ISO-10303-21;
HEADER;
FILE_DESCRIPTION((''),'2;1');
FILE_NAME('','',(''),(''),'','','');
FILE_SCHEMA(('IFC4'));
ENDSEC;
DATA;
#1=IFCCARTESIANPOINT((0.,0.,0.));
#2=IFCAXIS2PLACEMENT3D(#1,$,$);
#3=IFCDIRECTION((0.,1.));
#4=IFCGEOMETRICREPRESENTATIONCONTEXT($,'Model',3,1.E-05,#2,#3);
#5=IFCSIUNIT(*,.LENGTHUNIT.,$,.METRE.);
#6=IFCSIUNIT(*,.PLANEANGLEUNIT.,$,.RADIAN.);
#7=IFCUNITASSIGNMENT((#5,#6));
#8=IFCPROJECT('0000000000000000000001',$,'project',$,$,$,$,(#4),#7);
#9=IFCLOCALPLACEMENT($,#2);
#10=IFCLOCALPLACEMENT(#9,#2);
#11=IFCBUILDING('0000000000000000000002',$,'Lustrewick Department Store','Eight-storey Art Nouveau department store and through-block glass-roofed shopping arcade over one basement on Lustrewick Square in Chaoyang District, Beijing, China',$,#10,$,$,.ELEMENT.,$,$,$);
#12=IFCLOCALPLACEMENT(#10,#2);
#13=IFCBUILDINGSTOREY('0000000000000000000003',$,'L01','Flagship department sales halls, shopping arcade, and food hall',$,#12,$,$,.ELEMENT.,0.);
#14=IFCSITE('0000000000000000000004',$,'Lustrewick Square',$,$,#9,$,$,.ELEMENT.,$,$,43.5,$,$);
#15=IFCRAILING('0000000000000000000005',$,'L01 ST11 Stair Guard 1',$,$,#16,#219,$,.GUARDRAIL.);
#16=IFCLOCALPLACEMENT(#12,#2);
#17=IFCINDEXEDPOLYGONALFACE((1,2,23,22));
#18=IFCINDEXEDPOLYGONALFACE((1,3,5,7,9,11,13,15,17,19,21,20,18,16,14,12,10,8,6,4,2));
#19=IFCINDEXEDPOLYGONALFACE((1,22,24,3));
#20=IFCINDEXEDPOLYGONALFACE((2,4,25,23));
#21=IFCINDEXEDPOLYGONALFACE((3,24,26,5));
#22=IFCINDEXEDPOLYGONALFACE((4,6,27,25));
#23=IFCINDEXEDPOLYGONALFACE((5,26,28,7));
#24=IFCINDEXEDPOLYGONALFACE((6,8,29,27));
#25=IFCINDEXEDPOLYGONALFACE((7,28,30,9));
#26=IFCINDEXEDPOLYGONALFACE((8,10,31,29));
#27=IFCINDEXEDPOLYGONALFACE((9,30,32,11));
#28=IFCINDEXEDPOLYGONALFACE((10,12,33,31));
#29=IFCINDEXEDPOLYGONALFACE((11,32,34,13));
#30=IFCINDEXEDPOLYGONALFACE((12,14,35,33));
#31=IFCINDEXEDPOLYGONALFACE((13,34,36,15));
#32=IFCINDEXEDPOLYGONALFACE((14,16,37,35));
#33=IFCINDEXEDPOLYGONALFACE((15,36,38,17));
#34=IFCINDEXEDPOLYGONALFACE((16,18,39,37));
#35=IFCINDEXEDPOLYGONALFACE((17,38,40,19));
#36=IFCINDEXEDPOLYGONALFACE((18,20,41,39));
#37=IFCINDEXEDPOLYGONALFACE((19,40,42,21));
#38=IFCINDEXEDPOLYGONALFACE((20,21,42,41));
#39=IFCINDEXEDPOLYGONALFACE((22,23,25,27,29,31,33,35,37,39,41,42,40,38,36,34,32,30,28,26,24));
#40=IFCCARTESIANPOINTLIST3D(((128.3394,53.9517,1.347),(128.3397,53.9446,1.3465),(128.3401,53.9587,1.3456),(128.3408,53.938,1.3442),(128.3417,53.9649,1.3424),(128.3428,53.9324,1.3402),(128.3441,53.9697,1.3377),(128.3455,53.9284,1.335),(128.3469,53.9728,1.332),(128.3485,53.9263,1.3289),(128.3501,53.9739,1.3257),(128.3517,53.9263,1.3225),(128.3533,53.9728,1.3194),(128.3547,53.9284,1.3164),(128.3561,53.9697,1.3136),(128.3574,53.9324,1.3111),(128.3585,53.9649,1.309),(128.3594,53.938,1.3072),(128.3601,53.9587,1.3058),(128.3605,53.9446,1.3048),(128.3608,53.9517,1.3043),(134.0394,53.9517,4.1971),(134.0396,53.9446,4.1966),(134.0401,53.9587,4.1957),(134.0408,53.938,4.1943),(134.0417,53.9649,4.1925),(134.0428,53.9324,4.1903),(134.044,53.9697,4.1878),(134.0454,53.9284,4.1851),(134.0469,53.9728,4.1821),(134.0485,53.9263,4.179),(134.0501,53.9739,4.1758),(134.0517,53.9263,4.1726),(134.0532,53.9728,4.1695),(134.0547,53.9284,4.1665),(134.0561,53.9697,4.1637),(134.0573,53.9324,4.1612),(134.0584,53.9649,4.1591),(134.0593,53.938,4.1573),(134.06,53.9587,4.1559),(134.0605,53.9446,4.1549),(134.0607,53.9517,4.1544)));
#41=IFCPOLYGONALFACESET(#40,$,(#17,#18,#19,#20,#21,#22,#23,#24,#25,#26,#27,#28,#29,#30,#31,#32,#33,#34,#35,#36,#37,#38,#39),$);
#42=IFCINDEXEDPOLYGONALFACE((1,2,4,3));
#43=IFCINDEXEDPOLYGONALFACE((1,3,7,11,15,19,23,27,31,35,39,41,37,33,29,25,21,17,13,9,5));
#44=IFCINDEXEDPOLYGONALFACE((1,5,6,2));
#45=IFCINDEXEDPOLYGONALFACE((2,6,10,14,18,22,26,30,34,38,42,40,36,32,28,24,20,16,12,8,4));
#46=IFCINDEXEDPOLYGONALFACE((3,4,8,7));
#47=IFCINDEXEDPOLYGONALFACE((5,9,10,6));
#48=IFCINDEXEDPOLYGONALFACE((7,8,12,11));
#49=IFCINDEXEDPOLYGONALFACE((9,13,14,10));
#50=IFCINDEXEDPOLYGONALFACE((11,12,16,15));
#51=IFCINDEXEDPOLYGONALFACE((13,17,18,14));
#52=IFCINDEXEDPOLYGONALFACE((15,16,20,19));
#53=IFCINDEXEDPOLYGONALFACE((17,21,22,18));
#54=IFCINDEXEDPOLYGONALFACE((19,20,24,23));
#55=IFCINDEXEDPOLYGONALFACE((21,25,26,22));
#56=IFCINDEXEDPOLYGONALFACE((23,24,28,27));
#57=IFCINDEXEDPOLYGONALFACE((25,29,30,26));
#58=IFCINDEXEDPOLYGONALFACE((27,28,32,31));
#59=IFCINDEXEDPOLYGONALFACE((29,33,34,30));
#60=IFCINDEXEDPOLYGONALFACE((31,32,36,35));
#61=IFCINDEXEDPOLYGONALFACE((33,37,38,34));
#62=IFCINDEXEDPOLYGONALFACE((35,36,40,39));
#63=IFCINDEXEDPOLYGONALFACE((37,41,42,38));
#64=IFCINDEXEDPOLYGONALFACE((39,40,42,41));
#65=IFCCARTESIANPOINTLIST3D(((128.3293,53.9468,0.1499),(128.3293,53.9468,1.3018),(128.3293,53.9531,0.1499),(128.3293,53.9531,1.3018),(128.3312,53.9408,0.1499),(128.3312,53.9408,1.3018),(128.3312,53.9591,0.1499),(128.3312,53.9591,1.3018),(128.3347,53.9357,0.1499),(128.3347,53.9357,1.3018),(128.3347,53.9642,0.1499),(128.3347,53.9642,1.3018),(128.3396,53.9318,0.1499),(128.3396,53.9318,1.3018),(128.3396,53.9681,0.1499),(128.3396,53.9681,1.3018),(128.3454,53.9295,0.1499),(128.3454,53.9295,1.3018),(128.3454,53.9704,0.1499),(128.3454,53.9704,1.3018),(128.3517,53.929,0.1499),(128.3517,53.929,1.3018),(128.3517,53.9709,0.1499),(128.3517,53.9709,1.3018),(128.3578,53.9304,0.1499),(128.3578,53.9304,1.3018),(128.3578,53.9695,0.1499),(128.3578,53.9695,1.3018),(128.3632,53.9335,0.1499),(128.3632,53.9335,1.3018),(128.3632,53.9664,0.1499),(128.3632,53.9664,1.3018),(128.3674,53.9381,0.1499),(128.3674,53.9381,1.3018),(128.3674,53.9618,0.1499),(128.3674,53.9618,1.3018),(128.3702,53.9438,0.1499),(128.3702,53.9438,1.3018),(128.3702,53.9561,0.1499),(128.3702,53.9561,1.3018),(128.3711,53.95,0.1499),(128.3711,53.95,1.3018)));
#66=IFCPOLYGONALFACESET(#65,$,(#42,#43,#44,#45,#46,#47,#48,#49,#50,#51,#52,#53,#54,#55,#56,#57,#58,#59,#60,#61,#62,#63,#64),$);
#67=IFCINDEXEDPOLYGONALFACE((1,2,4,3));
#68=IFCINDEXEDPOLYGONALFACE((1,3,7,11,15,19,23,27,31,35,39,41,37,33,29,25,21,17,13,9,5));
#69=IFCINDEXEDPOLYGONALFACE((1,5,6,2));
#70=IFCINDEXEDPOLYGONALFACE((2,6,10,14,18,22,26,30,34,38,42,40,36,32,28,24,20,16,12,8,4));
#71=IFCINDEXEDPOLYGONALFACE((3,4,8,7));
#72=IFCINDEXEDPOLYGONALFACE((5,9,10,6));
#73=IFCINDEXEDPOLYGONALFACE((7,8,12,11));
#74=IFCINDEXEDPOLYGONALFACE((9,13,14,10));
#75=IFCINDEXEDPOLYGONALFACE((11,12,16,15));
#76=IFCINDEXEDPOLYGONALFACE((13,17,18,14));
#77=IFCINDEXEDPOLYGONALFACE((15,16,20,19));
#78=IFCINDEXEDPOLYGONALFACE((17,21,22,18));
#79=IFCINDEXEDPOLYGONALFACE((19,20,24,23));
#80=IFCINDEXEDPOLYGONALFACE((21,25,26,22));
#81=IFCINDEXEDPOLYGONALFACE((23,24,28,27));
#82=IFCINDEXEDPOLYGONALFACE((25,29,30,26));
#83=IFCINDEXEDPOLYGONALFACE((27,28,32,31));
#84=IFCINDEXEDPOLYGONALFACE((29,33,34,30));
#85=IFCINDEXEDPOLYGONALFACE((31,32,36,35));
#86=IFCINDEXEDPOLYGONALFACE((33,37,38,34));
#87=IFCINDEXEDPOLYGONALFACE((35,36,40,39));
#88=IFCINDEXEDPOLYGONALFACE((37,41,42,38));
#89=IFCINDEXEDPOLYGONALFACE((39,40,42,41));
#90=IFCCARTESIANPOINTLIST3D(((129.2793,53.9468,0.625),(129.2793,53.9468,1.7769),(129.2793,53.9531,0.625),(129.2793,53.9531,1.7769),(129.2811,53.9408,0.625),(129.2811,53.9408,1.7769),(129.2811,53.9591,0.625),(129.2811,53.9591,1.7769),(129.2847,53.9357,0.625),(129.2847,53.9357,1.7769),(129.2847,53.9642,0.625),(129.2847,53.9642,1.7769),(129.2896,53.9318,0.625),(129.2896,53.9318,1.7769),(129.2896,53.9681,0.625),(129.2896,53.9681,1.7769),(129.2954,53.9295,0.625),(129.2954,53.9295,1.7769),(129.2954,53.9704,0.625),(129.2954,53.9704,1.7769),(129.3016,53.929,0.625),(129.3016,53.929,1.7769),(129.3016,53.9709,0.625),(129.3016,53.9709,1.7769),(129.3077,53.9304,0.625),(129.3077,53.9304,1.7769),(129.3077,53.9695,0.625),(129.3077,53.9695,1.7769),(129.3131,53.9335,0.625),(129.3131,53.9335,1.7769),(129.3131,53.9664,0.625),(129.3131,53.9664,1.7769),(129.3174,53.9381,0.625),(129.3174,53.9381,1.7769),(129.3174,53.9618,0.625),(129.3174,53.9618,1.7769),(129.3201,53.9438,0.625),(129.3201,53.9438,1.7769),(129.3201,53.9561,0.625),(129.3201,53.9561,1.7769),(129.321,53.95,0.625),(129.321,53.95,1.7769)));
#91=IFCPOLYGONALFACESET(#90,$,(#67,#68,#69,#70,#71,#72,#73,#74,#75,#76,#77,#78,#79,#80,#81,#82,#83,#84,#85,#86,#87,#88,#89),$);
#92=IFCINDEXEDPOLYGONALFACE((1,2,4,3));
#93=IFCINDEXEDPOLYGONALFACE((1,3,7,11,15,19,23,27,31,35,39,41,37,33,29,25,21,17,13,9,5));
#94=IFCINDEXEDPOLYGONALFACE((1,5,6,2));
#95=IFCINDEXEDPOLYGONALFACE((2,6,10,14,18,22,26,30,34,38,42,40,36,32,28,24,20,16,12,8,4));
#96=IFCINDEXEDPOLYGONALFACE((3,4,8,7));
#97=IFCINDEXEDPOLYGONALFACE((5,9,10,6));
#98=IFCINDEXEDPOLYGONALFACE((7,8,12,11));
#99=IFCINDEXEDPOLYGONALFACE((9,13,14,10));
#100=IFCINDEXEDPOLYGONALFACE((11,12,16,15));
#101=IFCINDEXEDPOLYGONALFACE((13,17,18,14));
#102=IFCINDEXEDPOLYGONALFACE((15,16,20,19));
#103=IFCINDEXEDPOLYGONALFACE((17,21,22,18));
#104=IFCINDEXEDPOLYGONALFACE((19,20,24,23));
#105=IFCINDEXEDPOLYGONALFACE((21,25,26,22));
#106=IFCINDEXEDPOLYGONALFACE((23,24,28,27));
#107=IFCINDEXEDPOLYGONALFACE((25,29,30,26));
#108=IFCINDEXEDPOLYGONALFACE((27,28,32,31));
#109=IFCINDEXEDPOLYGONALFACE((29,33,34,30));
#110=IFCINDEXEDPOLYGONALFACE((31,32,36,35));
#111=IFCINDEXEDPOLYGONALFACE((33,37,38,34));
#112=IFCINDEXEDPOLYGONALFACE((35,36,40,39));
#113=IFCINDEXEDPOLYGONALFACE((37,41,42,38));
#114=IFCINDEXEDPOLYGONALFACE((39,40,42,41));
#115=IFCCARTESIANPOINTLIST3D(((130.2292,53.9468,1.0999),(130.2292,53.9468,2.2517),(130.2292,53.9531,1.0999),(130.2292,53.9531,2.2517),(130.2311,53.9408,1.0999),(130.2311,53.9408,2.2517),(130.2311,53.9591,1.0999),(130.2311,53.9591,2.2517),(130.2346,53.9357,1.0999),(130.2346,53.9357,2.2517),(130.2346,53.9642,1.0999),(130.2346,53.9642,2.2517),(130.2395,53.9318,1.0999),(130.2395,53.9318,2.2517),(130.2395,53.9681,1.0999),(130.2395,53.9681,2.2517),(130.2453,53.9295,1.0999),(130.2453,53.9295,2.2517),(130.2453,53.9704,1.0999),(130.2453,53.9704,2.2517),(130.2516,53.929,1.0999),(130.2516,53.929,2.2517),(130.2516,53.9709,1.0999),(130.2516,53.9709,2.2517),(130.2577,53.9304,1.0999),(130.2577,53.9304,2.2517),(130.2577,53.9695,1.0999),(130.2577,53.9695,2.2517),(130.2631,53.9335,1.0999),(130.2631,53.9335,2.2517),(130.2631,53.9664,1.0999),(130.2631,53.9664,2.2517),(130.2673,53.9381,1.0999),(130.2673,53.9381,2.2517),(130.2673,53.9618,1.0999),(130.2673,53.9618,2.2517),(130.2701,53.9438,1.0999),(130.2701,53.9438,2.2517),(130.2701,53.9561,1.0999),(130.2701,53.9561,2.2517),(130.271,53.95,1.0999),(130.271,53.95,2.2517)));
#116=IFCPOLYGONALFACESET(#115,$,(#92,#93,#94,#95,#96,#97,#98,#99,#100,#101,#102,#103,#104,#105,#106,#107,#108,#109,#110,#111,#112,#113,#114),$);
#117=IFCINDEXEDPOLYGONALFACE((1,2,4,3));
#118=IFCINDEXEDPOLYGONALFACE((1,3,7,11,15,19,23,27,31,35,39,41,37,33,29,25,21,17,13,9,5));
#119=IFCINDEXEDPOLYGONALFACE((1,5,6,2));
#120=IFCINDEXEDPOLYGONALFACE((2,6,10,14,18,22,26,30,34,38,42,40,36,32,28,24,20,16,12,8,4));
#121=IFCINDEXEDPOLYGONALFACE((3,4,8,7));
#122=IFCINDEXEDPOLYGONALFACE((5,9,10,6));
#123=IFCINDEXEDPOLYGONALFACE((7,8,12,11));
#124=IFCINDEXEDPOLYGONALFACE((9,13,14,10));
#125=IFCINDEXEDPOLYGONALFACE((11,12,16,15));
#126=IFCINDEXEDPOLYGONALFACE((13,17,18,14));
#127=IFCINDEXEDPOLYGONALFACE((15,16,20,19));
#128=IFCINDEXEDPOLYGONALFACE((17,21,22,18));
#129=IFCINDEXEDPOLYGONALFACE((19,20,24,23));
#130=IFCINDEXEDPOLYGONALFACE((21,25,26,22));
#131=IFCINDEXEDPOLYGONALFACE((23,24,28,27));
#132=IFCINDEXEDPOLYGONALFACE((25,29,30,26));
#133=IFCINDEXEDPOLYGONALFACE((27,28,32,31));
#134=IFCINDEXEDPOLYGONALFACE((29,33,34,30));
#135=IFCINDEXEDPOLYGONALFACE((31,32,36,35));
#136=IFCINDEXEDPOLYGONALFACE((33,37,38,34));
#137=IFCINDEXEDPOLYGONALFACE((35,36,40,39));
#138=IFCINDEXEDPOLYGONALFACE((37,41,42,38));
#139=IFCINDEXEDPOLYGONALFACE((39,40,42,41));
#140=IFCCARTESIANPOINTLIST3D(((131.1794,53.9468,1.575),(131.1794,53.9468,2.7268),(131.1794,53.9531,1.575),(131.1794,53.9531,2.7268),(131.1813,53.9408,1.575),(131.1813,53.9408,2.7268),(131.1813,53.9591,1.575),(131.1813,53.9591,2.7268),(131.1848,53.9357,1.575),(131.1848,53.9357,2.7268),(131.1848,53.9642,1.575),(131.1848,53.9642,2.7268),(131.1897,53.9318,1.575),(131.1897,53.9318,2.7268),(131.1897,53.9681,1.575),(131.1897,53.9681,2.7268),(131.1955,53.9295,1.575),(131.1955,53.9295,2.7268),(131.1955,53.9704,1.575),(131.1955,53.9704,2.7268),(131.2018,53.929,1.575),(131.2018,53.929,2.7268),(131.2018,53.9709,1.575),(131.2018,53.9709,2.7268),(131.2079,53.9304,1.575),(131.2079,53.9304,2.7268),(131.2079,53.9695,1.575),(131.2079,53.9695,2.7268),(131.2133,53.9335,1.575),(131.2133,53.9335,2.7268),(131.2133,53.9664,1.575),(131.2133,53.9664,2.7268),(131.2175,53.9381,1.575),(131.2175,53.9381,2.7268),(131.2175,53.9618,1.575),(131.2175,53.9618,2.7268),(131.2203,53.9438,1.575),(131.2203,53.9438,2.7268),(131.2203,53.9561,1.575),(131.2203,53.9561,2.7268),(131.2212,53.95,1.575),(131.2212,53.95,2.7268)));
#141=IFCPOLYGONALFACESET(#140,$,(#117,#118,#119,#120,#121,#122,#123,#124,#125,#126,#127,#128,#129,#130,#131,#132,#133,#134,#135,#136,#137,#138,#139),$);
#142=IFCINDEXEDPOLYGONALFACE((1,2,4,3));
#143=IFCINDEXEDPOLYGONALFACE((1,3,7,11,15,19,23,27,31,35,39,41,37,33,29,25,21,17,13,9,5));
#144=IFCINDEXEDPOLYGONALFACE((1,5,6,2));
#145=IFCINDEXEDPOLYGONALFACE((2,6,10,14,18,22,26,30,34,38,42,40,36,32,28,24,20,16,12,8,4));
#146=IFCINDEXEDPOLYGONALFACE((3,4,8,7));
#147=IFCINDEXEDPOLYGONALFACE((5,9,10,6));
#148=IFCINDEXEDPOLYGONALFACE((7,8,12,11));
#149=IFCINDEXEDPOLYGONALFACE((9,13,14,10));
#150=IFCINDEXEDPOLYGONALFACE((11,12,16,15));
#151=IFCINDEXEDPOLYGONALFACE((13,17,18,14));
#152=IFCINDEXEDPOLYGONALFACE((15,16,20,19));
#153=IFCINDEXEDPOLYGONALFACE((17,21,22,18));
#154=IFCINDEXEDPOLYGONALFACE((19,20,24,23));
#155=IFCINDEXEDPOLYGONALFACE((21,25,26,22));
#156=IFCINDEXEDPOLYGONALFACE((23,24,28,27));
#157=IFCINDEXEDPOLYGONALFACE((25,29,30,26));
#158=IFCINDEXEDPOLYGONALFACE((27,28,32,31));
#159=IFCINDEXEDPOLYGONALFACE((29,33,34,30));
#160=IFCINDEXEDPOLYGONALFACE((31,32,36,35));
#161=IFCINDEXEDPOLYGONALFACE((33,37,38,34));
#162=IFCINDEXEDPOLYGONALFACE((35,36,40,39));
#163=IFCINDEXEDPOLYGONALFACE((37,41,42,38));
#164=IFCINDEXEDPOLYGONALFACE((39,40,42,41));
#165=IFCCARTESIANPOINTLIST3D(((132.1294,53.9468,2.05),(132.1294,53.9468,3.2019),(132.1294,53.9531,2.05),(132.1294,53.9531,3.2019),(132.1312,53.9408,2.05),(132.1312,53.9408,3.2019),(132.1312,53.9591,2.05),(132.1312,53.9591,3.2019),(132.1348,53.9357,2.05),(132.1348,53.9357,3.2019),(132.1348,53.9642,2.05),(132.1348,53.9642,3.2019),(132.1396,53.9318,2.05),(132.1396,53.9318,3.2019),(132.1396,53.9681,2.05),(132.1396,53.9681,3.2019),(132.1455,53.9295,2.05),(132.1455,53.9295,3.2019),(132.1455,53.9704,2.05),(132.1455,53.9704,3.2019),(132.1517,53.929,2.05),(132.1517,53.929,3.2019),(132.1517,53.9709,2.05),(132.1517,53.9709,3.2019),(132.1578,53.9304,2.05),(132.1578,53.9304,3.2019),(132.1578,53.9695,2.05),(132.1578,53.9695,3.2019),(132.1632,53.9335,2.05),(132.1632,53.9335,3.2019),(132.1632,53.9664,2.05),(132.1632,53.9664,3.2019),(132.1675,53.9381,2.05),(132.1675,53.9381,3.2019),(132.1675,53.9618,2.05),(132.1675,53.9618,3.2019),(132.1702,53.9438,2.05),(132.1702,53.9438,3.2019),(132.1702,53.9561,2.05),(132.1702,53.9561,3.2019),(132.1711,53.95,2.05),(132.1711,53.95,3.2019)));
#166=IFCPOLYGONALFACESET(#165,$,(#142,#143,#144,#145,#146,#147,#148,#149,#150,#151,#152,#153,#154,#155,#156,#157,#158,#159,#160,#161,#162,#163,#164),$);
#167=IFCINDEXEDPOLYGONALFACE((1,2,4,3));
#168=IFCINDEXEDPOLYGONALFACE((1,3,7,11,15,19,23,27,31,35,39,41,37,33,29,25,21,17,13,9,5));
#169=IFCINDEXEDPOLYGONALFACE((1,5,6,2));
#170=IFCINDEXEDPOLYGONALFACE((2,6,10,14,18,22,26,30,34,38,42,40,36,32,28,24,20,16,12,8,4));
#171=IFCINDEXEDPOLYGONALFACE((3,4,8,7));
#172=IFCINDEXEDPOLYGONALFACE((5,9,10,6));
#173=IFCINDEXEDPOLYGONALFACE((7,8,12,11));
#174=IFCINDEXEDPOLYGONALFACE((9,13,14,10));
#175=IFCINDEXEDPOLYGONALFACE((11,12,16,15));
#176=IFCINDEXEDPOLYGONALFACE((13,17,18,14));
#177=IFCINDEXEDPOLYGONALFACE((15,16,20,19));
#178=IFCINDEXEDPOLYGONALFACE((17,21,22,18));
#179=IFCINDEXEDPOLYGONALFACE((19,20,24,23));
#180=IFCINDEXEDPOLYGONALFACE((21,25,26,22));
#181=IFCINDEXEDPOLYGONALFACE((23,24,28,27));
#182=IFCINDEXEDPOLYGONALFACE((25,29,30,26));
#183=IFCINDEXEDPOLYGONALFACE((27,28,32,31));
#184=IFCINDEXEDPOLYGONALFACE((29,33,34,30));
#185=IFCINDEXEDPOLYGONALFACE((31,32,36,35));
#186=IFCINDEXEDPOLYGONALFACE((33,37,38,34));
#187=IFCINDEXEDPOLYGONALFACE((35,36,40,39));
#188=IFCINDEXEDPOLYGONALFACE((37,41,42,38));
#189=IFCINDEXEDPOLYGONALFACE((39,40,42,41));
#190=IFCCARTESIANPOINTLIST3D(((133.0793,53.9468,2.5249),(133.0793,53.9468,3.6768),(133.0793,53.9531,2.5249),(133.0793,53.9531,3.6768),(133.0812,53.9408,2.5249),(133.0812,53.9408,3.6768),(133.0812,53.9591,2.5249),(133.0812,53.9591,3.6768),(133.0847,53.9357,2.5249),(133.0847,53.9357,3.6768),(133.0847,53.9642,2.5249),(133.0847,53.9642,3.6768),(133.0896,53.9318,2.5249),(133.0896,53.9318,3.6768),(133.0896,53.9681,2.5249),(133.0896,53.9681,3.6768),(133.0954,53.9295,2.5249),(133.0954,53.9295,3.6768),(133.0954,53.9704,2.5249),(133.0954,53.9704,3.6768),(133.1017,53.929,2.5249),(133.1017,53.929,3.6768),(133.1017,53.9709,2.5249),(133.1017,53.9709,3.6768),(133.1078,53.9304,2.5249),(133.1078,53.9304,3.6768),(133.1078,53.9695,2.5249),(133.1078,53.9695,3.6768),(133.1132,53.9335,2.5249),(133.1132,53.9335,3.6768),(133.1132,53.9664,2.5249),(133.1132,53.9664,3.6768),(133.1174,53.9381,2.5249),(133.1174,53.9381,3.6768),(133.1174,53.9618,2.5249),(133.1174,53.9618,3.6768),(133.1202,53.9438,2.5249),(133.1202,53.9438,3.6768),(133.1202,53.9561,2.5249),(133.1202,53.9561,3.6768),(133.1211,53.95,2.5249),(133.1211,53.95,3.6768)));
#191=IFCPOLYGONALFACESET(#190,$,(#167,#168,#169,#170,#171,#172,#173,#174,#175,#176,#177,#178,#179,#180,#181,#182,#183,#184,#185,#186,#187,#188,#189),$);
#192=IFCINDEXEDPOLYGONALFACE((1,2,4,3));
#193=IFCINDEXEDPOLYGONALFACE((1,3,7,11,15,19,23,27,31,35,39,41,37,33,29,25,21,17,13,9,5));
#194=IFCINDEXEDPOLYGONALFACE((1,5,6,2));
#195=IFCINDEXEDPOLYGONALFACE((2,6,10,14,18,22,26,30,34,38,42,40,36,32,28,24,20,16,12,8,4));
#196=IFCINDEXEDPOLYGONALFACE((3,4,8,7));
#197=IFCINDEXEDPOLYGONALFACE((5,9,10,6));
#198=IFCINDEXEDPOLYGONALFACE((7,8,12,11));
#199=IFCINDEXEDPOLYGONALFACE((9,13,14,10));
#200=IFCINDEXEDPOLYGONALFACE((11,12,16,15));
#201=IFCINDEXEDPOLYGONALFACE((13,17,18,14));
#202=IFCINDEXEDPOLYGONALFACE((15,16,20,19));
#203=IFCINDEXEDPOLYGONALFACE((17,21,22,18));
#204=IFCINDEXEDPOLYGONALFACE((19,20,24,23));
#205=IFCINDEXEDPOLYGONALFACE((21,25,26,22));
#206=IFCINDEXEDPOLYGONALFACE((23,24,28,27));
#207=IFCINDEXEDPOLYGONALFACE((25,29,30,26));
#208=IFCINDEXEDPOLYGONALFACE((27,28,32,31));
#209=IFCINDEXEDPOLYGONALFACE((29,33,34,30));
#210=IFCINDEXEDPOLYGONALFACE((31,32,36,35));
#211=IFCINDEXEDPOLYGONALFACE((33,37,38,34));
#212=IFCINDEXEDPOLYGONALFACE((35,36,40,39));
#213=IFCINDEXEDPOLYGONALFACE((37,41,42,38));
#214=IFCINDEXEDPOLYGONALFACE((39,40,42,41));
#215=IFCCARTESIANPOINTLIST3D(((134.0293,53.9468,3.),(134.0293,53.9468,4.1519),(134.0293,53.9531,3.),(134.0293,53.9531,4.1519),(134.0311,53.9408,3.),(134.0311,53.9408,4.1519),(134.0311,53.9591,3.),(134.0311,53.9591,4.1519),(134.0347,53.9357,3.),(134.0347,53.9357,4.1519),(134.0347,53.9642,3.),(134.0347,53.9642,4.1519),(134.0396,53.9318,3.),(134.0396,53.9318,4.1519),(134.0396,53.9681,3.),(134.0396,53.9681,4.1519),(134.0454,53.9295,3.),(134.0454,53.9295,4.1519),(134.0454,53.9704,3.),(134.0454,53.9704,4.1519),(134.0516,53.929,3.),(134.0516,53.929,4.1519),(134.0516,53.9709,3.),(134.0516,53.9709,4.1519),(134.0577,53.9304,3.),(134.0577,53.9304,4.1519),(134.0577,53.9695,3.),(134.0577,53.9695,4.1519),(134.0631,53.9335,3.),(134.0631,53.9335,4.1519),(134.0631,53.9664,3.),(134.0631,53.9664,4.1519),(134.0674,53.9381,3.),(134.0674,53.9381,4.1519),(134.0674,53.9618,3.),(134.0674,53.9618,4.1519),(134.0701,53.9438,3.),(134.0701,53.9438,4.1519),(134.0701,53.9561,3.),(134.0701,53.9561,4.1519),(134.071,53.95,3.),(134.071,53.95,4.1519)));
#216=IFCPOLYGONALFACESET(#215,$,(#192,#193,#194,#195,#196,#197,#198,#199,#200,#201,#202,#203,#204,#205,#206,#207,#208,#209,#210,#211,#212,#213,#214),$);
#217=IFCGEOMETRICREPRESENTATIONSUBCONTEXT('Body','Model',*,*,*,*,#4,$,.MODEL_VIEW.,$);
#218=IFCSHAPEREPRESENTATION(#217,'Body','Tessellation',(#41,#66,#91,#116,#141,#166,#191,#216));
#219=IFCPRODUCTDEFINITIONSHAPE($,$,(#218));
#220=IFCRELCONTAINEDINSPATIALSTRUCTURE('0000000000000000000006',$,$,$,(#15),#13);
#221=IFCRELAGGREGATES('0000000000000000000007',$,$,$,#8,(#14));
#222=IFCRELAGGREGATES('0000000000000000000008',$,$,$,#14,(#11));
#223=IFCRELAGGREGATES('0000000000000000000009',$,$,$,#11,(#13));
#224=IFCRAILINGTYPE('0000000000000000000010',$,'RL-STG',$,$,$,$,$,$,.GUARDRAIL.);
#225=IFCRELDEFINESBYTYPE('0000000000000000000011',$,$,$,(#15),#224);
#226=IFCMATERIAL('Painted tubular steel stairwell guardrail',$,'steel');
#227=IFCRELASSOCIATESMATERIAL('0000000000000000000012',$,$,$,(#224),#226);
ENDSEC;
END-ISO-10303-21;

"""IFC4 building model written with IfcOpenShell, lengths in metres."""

from ifc_helpers import new_model, si_unit, direction, frame, origin, origin_2d, place, context, subcontext, project, spatial, circle, extrude, material, type_object, element, save


model = new_model("IFC4")

# Units and contexts
model_context = context("Model", 3, precision=1e-05, world=origin(), true_north=direction((0.0, 1.0)))
body_context = subcontext(model_context, "Body", "Model", "MODEL_VIEW")
ifc_project = project(units=[si_unit("LENGTHUNIT", "METRE"), si_unit("PLANEANGLEUNIT", "RADIAN")], contexts=[model_context])

# Site, building, storey
site_placement = place(None, origin())
site = spatial("IfcSite", under=ifc_project, at=site_placement, Name="Lustrewick Square", CompositionType="ELEMENT", RefElevation=43.5)
building_placement = place(site_placement, origin())
building = spatial("IfcBuilding", under=site, at=building_placement, Name="Lustrewick Department Store", Description="Eight-storey Art Nouveau department store and through-block glass-roofed shopping arcade over one basement on Lustrewick Square in Chaoyang District, Beijing, China", CompositionType="ELEMENT")
storey_placement = place(building_placement, origin())
storey = spatial("IfcBuildingStorey", under=building, at=storey_placement, Name="L01", Description="Flagship department sales halls, shopping arcade, and food hall", CompositionType="ELEMENT", Elevation=0.0)

# Railing
ifc_material_1 = material(Name="Painted tubular steel stairwell guardrail", Category="steel")
railing_type_1 = type_object("IfcRailingType", Name="RL-STG", PredefinedType="GUARDRAIL", material=ifc_material_1)
railing_1_placement = place(storey_placement, frame((128.3501, 53.95, 0.1499)))
element("IfcRailing", 1, at=railing_1_placement, inside=storey, type_object=railing_type_1, Name="L01 ST11 Stair Guard 1", PredefinedType="GUARDRAIL", context=body_context, shape_type="SweptSolid", body=[
    extrude(circle(Radius=0.0239, at=origin_2d()), frame((0.0, 0.0, 1.1758), z_axis=(0.89442, 0.0, 0.447229), x_axis=(0.0, 1.0, 0.0)), (0.0, 0.0, 1.0), 6.3728),
    extrude(circle(Radius=0.021, at=origin_2d()), origin(), (0.0, 0.0, 1.0), 1.1519),
    extrude(circle(Radius=0.021, at=origin_2d()), frame((0.95, 0.0, 0.4751)), (0.0, 0.0, 1.0), 1.1519),
    extrude(circle(Radius=0.021, at=origin_2d()), frame((1.8999, 0.0, 0.95)), (0.0, 0.0, 1.0), 1.1519),
    extrude(circle(Radius=0.021, at=origin_2d()), frame((2.8501, 0.0, 1.425)), (0.0, 0.0, 1.0), 1.1519),
    extrude(circle(Radius=0.021, at=origin_2d()), frame((3.8, 0.0, 1.9001)), (0.0, 0.0, 1.0), 1.1519),
    extrude(circle(Radius=0.021, at=origin_2d()), frame((4.75, 0.0, 2.375)), (0.0, 0.0, 1.0), 1.1519),
    extrude(circle(Radius=0.021, at=origin_2d()), frame((5.7, 0.0, 2.8501)), (0.0, 0.0, 1.0), 1.1519),
])

save(model, "model.ifc")
